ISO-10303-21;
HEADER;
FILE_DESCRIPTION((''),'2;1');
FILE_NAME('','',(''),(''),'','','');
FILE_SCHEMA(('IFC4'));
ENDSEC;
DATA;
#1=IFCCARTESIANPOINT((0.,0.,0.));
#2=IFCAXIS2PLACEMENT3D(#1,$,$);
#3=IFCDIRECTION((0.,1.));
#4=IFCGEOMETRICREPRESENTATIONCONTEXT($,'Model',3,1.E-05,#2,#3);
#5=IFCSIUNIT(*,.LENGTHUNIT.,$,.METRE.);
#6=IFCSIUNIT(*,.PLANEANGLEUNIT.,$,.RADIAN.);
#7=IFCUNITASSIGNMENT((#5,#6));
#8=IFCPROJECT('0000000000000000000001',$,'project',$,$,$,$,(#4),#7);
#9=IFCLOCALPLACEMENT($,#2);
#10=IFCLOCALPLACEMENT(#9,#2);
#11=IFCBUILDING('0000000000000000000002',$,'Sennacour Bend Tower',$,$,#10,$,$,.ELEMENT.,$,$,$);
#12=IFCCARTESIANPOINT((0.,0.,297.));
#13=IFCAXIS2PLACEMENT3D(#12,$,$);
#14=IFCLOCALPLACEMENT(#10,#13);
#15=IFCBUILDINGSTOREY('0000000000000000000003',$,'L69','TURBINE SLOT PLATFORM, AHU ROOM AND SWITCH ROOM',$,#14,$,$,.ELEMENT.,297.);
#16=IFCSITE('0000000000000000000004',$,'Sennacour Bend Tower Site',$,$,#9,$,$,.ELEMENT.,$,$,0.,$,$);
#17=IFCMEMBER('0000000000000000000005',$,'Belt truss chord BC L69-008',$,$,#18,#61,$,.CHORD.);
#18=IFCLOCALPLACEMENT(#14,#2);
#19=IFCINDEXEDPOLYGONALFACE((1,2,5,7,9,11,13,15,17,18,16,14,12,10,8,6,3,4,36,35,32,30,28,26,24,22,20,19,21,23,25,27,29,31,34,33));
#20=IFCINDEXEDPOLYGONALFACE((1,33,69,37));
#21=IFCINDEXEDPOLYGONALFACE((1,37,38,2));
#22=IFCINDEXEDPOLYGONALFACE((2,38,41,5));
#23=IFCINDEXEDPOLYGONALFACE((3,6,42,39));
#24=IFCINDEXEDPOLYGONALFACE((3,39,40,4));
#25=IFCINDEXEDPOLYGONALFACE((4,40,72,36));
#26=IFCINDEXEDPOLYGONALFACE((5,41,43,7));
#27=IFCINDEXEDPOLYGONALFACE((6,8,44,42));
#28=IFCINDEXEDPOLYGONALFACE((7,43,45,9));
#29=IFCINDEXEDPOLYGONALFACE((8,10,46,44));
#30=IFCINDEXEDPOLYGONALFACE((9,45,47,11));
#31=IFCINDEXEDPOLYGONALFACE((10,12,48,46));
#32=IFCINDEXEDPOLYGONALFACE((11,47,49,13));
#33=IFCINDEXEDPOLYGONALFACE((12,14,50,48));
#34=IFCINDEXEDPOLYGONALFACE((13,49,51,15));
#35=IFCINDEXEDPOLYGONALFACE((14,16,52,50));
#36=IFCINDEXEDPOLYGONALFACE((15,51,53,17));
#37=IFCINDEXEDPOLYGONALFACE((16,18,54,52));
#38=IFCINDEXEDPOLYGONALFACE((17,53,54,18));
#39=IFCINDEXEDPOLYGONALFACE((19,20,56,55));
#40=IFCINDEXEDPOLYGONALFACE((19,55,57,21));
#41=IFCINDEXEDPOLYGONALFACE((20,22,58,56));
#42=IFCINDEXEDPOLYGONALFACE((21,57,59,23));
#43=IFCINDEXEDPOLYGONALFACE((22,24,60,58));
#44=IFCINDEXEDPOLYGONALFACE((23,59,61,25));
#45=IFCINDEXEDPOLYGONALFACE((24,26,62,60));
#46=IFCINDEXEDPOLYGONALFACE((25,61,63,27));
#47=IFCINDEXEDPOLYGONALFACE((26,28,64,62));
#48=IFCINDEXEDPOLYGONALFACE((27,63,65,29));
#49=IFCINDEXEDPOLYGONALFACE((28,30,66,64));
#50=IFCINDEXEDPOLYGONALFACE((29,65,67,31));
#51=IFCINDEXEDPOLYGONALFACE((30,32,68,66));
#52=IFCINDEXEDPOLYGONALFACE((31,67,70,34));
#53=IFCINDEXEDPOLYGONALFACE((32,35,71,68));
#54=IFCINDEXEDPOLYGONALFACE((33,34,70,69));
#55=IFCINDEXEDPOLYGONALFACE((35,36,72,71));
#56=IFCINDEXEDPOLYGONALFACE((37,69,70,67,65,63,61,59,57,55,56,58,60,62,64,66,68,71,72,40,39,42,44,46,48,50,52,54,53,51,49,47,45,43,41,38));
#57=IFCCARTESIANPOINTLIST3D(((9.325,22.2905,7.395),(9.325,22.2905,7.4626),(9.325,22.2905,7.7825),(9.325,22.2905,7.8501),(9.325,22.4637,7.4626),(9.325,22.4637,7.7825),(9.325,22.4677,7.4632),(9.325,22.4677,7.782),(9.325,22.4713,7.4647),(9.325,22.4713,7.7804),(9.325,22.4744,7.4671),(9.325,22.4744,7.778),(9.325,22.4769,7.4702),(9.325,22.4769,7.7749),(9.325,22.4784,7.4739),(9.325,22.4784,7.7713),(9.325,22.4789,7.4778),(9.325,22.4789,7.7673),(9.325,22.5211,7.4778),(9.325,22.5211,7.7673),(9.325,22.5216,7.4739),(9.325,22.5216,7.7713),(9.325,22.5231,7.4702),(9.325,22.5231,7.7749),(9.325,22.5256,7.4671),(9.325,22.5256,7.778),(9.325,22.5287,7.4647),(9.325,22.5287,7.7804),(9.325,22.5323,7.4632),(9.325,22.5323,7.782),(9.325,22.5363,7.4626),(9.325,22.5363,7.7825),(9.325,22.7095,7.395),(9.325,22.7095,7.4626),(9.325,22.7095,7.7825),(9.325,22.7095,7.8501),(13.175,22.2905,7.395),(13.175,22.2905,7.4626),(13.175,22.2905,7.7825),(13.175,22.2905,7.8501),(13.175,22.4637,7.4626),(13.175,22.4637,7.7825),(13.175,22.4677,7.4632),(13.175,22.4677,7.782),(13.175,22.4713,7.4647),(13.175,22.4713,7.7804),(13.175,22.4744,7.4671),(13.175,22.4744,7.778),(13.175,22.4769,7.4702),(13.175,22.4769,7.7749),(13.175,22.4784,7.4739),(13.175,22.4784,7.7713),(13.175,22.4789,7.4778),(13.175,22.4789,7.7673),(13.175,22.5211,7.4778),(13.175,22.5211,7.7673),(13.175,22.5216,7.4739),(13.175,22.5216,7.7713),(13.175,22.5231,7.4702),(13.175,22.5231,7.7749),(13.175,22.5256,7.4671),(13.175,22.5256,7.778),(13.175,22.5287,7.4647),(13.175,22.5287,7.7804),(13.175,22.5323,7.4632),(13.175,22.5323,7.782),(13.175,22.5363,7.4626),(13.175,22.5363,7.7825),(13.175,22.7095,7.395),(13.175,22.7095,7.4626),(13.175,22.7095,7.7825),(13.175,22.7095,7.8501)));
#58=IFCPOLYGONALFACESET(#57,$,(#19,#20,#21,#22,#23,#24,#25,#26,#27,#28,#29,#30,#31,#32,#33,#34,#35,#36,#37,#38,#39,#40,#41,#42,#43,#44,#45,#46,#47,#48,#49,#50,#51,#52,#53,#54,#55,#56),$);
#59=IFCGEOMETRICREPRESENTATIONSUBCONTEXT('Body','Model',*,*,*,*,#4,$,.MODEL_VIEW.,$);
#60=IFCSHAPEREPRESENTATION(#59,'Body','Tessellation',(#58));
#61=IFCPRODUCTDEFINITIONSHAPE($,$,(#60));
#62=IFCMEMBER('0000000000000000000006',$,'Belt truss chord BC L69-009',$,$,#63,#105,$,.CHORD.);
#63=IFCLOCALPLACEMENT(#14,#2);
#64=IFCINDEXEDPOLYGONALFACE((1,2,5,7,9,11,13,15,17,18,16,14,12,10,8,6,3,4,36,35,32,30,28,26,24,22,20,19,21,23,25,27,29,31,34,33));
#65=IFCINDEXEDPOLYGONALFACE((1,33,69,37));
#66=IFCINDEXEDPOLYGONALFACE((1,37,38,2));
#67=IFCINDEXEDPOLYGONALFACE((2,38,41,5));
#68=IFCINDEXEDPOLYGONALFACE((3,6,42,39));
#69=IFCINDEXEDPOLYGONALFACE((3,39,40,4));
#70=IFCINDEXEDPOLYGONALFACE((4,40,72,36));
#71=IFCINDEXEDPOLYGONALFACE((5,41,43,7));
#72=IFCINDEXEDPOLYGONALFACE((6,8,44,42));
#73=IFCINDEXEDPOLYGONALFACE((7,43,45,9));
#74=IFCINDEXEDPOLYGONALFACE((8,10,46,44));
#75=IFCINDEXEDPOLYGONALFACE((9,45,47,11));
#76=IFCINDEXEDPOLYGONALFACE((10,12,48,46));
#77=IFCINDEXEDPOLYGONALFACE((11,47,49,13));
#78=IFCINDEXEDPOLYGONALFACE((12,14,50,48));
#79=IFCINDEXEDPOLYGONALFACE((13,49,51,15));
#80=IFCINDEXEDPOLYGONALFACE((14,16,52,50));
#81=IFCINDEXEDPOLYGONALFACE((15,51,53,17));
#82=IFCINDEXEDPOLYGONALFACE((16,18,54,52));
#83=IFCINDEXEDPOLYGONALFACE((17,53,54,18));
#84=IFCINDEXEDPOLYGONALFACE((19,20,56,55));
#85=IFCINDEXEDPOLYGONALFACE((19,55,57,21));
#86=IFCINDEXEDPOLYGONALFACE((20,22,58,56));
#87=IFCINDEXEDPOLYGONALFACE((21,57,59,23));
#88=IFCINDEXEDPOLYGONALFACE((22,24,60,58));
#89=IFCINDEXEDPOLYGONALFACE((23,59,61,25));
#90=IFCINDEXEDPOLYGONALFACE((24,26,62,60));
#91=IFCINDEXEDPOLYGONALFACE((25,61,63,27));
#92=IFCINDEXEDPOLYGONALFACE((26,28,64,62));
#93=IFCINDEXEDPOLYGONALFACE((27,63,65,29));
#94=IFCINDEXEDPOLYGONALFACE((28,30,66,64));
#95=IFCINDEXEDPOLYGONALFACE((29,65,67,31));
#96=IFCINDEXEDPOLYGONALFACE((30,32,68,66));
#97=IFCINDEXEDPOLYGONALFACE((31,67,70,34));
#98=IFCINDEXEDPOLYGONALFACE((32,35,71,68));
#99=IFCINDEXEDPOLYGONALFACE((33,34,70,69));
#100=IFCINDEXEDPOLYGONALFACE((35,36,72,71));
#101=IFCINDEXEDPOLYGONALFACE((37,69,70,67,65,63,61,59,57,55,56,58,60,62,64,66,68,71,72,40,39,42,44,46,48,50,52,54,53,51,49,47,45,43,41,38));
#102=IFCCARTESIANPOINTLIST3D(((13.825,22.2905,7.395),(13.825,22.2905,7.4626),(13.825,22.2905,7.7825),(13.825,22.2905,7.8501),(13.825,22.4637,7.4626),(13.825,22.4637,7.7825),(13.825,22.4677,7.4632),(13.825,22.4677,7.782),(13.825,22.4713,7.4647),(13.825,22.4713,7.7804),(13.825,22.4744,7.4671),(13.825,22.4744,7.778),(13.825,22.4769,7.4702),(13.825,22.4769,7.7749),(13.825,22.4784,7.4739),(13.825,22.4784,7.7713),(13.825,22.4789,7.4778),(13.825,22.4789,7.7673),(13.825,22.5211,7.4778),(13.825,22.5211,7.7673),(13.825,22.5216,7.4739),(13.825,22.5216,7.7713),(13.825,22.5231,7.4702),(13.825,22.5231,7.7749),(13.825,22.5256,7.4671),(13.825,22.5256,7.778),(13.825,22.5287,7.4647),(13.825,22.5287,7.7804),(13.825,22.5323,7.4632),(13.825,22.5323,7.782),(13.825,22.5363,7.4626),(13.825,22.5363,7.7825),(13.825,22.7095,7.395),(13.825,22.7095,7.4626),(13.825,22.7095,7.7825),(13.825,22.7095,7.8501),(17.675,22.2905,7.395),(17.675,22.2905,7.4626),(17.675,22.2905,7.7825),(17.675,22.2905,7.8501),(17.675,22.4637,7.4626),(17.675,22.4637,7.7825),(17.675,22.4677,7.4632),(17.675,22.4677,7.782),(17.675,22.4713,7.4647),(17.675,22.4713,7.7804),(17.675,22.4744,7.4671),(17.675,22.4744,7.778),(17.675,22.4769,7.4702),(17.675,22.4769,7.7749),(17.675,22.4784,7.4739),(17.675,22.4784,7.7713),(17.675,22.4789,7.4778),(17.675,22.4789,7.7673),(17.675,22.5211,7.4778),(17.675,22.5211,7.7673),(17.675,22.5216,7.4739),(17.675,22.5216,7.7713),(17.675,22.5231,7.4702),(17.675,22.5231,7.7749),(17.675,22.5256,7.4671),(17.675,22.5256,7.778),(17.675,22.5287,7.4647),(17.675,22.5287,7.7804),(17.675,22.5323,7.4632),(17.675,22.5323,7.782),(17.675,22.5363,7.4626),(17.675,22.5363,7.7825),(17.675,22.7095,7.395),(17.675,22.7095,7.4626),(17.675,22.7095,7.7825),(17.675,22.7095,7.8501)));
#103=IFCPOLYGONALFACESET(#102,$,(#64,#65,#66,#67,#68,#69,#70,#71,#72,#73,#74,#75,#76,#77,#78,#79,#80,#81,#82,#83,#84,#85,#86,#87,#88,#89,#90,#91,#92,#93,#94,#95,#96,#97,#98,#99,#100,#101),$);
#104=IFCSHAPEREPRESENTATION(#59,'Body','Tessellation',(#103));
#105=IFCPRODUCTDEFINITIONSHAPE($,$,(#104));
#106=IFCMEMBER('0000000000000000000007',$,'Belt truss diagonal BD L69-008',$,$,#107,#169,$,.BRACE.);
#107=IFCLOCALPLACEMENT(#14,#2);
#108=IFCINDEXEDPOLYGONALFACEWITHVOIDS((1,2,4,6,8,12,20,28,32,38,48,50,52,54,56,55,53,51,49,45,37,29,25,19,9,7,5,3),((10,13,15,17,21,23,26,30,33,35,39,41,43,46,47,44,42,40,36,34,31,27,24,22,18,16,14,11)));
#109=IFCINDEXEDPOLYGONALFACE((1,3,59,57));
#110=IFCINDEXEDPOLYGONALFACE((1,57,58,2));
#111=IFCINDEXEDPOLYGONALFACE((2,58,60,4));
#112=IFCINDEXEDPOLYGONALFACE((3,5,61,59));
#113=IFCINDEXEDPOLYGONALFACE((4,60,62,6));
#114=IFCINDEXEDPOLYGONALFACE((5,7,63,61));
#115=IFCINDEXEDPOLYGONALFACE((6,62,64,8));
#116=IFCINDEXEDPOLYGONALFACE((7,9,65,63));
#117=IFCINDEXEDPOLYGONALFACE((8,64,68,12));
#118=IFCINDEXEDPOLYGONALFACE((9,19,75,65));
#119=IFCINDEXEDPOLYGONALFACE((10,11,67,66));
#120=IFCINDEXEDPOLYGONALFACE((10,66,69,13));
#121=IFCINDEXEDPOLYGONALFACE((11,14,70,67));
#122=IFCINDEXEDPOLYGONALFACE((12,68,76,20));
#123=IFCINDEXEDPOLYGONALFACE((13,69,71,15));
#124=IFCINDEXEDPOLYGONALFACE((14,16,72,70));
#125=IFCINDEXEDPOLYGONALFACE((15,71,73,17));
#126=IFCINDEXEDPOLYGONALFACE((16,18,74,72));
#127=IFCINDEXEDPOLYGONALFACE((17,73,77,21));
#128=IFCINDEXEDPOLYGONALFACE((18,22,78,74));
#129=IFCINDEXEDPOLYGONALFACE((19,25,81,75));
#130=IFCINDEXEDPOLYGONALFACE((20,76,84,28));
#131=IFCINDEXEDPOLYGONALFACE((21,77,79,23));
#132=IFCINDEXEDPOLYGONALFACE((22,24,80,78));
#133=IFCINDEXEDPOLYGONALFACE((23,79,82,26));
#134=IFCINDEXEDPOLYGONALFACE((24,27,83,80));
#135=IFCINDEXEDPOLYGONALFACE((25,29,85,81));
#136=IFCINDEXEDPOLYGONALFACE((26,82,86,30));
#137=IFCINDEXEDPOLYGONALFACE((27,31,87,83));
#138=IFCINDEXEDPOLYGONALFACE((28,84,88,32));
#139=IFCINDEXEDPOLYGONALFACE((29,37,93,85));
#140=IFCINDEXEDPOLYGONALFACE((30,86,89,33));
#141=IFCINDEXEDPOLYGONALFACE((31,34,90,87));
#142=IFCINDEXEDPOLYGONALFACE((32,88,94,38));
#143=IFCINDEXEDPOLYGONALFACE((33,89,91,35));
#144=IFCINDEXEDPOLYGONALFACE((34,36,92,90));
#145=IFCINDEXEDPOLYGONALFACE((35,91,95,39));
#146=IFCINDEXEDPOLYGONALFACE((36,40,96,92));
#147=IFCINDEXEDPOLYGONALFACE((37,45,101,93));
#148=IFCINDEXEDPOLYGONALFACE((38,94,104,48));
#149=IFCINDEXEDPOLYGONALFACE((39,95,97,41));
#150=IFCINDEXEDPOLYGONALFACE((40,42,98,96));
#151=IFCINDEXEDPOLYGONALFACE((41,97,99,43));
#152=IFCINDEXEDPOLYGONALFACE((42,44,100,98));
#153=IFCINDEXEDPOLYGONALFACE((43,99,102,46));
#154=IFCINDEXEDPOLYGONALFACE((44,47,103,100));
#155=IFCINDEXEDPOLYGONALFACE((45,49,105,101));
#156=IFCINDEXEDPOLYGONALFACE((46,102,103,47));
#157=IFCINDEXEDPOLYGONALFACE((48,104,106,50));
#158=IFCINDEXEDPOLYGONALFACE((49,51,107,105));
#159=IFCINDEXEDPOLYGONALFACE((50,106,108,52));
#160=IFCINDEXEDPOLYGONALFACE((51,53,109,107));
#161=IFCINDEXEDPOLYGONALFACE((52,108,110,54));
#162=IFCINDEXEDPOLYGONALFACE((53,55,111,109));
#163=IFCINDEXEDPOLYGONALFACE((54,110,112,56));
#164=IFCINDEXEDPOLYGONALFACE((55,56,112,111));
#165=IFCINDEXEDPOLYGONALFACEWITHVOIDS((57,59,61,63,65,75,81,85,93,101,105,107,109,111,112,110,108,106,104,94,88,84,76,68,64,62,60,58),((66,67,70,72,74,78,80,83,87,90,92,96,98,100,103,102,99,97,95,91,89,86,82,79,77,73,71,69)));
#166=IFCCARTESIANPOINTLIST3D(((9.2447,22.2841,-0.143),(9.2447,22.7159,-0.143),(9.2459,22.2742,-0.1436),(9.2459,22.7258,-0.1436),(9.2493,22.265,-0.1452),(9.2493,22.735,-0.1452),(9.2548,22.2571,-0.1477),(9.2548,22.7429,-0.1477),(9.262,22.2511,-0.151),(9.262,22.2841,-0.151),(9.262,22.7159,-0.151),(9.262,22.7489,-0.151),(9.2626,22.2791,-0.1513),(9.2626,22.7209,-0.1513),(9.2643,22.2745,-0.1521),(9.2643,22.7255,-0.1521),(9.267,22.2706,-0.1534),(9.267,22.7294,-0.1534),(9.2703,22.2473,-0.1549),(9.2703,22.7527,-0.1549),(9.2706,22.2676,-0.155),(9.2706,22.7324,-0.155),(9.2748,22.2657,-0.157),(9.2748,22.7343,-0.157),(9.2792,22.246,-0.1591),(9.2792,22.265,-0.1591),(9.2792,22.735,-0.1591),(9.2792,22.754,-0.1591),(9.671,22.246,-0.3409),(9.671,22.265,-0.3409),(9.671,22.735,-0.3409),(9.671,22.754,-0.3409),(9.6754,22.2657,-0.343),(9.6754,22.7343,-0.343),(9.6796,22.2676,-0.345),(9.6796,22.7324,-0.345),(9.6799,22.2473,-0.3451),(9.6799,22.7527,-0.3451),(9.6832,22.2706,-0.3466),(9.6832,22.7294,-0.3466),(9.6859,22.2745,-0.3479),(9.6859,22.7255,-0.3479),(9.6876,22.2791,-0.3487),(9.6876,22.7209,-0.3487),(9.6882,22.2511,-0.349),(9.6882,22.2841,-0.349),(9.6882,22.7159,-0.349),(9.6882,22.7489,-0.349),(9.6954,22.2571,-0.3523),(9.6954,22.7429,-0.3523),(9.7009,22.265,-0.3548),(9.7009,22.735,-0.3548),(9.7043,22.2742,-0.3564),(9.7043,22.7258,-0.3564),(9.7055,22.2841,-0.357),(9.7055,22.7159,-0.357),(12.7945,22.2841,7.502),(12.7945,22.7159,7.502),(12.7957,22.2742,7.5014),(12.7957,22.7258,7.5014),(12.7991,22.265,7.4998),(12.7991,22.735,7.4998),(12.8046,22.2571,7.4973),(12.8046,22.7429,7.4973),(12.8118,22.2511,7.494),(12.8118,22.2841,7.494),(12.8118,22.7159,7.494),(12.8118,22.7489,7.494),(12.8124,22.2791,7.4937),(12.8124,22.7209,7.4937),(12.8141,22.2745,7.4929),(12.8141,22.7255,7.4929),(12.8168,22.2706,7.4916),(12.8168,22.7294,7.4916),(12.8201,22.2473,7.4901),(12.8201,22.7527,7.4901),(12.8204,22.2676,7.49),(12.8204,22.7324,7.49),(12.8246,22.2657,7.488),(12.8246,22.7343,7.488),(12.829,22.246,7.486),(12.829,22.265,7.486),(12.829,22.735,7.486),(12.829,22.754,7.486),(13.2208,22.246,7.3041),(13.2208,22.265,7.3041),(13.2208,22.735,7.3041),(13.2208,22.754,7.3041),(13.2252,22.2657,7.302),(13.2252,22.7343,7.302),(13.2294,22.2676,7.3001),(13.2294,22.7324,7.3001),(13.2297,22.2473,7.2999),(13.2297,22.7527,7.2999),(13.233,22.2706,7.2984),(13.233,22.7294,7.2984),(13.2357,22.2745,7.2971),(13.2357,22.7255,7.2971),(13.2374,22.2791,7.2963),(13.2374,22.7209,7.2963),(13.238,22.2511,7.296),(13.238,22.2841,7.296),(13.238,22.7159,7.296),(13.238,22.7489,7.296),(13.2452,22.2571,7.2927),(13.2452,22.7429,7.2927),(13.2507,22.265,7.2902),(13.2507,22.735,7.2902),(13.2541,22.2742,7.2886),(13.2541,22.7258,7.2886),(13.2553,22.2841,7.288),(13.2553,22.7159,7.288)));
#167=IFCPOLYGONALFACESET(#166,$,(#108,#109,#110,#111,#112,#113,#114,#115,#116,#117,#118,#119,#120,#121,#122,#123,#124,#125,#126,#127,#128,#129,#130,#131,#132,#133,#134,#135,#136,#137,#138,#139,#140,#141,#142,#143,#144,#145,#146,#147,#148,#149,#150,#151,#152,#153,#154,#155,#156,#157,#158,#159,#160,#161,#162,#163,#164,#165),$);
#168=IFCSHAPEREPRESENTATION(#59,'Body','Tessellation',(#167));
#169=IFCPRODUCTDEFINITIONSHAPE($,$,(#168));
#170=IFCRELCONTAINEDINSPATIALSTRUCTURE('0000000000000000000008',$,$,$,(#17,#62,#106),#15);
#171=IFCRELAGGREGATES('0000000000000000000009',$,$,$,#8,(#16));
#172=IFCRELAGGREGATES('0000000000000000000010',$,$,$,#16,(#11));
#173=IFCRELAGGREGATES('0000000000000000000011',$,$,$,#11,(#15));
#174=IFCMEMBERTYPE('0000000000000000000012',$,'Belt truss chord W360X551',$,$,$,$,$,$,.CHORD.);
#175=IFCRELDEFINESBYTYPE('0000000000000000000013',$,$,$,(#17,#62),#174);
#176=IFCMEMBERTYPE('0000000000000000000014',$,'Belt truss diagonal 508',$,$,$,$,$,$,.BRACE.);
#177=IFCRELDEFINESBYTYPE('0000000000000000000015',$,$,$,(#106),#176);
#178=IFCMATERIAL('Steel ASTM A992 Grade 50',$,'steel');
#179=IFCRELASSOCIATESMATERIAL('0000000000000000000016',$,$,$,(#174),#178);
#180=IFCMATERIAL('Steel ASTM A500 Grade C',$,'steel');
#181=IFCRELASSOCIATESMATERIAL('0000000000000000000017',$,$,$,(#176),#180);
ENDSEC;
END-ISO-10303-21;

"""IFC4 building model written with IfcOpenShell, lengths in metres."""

from ifc_helpers import new_model, si_unit, direction, frame, origin, origin_2d, place, context, subcontext, project, spatial, hollow_rectangle, i_section, extrude, material, material_profile, profile_set, type_object, element, save


model = new_model("IFC4")

# Units and contexts
model_context = context("Model", 3, precision=1e-05, world=origin(), true_north=direction((0.0, 1.0)))
body_context = subcontext(model_context, "Body", "Model", "MODEL_VIEW")
ifc_project = project(units=[si_unit("LENGTHUNIT", "METRE"), si_unit("PLANEANGLEUNIT", "RADIAN")], contexts=[model_context])

# Site, building, storey
site_placement = place(None, origin())
site = spatial("IfcSite", under=ifc_project, at=site_placement, Name="Sennacour Bend Tower Site", CompositionType="ELEMENT", RefElevation=0.0)
building_placement = place(site_placement, origin())
building = spatial("IfcBuilding", under=site, at=building_placement, Name="Sennacour Bend Tower", CompositionType="ELEMENT")
storey_placement = place(building_placement, frame((0.0, 0.0, 297.0)))
storey = spatial("IfcBuildingStorey", under=building, at=storey_placement, Name="L69", Description="TURBINE SLOT PLATFORM, AHU ROOM AND SWITCH ROOM", CompositionType="ELEMENT", Elevation=297.0)

# Members
ifc_material_1 = material(Name="Steel ASTM A992 Grade 50", Category="steel")
ifc_material_profile_1 = material_profile(ifc_material_1, i_section(OverallWidth=0.4189, OverallDepth=0.4551, WebThickness=0.0422, FlangeThickness=0.0676, FilletRadius=0.0151, at=origin_2d()), Name="Steel ASTM A992 Grade 50", Category="steel")
ifc_profile_set_1 = profile_set([ifc_material_profile_1], Name="Steel ASTM A992 Grade 50")
member_type_1 = type_object("IfcMemberType", Name="Belt truss chord W360X551", PredefinedType="CHORD", material=ifc_profile_set_1)
for number, where, z_axis, x_axis, name in (
    (1, (9.325, 22.5, 7.6226), (1.0, 0.0, 0.0), (0.0, 1.0, 0.0), "Belt truss chord BC L69-008"),
    (2, (13.825, 22.5, 7.6226), (1.0, 0.0, 0.0), (0.0, 1.0, 0.0), "Belt truss chord BC L69-009"),
):
    element("IfcMember", number, at=place(storey_placement, frame(where, z_axis=z_axis, x_axis=x_axis)), inside=storey, type_object=member_type_1, Name=name, PredefinedType="CHORD", context=body_context, shape_type="SweptSolid", body=[
        extrude(i_section(OverallWidth=0.4189, OverallDepth=0.4551, WebThickness=0.0422, FlangeThickness=0.0676, FilletRadius=0.0151, at=origin_2d()), origin(), (0.0, 0.0, 1.0), 3.8501),
    ])
ifc_material_2 = material(Name="Steel ASTM A500 Grade C", Category="steel")
ifc_material_profile_2 = material_profile(ifc_material_2, hollow_rectangle(XDim=0.5081, YDim=0.5081, WallThickness=0.019, InnerFilletRadius=0.019, OuterFilletRadius=0.0381, at=origin_2d()), Name="Steel ASTM A500 Grade C", Category="steel")
ifc_profile_set_2 = profile_set([ifc_material_profile_2], Name="Steel ASTM A500 Grade C")
member_type_2 = type_object("IfcMemberType", Name="Belt truss diagonal 508", PredefinedType="BRACE", material=ifc_profile_set_2)
for number, where, z_axis, x_axis, name in (
    (3, (9.4751, 22.5, -0.25), (0.421144, 0.0, 0.906994), (0.0, 1.0, 0.0), "Belt truss diagonal BD L69-008"),
):
    element("IfcMember", number, at=place(storey_placement, frame(where, z_axis=z_axis, x_axis=x_axis)), inside=storey, type_object=member_type_2, Name=name, PredefinedType="BRACE", context=body_context, shape_type="SweptSolid", body=[
        extrude(hollow_rectangle(XDim=0.5081, YDim=0.5081, WallThickness=0.019, InnerFilletRadius=0.019, OuterFilletRadius=0.0381, at=origin_2d()), origin(), (0.0, 0.0, 1.0), 8.429),
    ])

save(model, "model.ifc")
